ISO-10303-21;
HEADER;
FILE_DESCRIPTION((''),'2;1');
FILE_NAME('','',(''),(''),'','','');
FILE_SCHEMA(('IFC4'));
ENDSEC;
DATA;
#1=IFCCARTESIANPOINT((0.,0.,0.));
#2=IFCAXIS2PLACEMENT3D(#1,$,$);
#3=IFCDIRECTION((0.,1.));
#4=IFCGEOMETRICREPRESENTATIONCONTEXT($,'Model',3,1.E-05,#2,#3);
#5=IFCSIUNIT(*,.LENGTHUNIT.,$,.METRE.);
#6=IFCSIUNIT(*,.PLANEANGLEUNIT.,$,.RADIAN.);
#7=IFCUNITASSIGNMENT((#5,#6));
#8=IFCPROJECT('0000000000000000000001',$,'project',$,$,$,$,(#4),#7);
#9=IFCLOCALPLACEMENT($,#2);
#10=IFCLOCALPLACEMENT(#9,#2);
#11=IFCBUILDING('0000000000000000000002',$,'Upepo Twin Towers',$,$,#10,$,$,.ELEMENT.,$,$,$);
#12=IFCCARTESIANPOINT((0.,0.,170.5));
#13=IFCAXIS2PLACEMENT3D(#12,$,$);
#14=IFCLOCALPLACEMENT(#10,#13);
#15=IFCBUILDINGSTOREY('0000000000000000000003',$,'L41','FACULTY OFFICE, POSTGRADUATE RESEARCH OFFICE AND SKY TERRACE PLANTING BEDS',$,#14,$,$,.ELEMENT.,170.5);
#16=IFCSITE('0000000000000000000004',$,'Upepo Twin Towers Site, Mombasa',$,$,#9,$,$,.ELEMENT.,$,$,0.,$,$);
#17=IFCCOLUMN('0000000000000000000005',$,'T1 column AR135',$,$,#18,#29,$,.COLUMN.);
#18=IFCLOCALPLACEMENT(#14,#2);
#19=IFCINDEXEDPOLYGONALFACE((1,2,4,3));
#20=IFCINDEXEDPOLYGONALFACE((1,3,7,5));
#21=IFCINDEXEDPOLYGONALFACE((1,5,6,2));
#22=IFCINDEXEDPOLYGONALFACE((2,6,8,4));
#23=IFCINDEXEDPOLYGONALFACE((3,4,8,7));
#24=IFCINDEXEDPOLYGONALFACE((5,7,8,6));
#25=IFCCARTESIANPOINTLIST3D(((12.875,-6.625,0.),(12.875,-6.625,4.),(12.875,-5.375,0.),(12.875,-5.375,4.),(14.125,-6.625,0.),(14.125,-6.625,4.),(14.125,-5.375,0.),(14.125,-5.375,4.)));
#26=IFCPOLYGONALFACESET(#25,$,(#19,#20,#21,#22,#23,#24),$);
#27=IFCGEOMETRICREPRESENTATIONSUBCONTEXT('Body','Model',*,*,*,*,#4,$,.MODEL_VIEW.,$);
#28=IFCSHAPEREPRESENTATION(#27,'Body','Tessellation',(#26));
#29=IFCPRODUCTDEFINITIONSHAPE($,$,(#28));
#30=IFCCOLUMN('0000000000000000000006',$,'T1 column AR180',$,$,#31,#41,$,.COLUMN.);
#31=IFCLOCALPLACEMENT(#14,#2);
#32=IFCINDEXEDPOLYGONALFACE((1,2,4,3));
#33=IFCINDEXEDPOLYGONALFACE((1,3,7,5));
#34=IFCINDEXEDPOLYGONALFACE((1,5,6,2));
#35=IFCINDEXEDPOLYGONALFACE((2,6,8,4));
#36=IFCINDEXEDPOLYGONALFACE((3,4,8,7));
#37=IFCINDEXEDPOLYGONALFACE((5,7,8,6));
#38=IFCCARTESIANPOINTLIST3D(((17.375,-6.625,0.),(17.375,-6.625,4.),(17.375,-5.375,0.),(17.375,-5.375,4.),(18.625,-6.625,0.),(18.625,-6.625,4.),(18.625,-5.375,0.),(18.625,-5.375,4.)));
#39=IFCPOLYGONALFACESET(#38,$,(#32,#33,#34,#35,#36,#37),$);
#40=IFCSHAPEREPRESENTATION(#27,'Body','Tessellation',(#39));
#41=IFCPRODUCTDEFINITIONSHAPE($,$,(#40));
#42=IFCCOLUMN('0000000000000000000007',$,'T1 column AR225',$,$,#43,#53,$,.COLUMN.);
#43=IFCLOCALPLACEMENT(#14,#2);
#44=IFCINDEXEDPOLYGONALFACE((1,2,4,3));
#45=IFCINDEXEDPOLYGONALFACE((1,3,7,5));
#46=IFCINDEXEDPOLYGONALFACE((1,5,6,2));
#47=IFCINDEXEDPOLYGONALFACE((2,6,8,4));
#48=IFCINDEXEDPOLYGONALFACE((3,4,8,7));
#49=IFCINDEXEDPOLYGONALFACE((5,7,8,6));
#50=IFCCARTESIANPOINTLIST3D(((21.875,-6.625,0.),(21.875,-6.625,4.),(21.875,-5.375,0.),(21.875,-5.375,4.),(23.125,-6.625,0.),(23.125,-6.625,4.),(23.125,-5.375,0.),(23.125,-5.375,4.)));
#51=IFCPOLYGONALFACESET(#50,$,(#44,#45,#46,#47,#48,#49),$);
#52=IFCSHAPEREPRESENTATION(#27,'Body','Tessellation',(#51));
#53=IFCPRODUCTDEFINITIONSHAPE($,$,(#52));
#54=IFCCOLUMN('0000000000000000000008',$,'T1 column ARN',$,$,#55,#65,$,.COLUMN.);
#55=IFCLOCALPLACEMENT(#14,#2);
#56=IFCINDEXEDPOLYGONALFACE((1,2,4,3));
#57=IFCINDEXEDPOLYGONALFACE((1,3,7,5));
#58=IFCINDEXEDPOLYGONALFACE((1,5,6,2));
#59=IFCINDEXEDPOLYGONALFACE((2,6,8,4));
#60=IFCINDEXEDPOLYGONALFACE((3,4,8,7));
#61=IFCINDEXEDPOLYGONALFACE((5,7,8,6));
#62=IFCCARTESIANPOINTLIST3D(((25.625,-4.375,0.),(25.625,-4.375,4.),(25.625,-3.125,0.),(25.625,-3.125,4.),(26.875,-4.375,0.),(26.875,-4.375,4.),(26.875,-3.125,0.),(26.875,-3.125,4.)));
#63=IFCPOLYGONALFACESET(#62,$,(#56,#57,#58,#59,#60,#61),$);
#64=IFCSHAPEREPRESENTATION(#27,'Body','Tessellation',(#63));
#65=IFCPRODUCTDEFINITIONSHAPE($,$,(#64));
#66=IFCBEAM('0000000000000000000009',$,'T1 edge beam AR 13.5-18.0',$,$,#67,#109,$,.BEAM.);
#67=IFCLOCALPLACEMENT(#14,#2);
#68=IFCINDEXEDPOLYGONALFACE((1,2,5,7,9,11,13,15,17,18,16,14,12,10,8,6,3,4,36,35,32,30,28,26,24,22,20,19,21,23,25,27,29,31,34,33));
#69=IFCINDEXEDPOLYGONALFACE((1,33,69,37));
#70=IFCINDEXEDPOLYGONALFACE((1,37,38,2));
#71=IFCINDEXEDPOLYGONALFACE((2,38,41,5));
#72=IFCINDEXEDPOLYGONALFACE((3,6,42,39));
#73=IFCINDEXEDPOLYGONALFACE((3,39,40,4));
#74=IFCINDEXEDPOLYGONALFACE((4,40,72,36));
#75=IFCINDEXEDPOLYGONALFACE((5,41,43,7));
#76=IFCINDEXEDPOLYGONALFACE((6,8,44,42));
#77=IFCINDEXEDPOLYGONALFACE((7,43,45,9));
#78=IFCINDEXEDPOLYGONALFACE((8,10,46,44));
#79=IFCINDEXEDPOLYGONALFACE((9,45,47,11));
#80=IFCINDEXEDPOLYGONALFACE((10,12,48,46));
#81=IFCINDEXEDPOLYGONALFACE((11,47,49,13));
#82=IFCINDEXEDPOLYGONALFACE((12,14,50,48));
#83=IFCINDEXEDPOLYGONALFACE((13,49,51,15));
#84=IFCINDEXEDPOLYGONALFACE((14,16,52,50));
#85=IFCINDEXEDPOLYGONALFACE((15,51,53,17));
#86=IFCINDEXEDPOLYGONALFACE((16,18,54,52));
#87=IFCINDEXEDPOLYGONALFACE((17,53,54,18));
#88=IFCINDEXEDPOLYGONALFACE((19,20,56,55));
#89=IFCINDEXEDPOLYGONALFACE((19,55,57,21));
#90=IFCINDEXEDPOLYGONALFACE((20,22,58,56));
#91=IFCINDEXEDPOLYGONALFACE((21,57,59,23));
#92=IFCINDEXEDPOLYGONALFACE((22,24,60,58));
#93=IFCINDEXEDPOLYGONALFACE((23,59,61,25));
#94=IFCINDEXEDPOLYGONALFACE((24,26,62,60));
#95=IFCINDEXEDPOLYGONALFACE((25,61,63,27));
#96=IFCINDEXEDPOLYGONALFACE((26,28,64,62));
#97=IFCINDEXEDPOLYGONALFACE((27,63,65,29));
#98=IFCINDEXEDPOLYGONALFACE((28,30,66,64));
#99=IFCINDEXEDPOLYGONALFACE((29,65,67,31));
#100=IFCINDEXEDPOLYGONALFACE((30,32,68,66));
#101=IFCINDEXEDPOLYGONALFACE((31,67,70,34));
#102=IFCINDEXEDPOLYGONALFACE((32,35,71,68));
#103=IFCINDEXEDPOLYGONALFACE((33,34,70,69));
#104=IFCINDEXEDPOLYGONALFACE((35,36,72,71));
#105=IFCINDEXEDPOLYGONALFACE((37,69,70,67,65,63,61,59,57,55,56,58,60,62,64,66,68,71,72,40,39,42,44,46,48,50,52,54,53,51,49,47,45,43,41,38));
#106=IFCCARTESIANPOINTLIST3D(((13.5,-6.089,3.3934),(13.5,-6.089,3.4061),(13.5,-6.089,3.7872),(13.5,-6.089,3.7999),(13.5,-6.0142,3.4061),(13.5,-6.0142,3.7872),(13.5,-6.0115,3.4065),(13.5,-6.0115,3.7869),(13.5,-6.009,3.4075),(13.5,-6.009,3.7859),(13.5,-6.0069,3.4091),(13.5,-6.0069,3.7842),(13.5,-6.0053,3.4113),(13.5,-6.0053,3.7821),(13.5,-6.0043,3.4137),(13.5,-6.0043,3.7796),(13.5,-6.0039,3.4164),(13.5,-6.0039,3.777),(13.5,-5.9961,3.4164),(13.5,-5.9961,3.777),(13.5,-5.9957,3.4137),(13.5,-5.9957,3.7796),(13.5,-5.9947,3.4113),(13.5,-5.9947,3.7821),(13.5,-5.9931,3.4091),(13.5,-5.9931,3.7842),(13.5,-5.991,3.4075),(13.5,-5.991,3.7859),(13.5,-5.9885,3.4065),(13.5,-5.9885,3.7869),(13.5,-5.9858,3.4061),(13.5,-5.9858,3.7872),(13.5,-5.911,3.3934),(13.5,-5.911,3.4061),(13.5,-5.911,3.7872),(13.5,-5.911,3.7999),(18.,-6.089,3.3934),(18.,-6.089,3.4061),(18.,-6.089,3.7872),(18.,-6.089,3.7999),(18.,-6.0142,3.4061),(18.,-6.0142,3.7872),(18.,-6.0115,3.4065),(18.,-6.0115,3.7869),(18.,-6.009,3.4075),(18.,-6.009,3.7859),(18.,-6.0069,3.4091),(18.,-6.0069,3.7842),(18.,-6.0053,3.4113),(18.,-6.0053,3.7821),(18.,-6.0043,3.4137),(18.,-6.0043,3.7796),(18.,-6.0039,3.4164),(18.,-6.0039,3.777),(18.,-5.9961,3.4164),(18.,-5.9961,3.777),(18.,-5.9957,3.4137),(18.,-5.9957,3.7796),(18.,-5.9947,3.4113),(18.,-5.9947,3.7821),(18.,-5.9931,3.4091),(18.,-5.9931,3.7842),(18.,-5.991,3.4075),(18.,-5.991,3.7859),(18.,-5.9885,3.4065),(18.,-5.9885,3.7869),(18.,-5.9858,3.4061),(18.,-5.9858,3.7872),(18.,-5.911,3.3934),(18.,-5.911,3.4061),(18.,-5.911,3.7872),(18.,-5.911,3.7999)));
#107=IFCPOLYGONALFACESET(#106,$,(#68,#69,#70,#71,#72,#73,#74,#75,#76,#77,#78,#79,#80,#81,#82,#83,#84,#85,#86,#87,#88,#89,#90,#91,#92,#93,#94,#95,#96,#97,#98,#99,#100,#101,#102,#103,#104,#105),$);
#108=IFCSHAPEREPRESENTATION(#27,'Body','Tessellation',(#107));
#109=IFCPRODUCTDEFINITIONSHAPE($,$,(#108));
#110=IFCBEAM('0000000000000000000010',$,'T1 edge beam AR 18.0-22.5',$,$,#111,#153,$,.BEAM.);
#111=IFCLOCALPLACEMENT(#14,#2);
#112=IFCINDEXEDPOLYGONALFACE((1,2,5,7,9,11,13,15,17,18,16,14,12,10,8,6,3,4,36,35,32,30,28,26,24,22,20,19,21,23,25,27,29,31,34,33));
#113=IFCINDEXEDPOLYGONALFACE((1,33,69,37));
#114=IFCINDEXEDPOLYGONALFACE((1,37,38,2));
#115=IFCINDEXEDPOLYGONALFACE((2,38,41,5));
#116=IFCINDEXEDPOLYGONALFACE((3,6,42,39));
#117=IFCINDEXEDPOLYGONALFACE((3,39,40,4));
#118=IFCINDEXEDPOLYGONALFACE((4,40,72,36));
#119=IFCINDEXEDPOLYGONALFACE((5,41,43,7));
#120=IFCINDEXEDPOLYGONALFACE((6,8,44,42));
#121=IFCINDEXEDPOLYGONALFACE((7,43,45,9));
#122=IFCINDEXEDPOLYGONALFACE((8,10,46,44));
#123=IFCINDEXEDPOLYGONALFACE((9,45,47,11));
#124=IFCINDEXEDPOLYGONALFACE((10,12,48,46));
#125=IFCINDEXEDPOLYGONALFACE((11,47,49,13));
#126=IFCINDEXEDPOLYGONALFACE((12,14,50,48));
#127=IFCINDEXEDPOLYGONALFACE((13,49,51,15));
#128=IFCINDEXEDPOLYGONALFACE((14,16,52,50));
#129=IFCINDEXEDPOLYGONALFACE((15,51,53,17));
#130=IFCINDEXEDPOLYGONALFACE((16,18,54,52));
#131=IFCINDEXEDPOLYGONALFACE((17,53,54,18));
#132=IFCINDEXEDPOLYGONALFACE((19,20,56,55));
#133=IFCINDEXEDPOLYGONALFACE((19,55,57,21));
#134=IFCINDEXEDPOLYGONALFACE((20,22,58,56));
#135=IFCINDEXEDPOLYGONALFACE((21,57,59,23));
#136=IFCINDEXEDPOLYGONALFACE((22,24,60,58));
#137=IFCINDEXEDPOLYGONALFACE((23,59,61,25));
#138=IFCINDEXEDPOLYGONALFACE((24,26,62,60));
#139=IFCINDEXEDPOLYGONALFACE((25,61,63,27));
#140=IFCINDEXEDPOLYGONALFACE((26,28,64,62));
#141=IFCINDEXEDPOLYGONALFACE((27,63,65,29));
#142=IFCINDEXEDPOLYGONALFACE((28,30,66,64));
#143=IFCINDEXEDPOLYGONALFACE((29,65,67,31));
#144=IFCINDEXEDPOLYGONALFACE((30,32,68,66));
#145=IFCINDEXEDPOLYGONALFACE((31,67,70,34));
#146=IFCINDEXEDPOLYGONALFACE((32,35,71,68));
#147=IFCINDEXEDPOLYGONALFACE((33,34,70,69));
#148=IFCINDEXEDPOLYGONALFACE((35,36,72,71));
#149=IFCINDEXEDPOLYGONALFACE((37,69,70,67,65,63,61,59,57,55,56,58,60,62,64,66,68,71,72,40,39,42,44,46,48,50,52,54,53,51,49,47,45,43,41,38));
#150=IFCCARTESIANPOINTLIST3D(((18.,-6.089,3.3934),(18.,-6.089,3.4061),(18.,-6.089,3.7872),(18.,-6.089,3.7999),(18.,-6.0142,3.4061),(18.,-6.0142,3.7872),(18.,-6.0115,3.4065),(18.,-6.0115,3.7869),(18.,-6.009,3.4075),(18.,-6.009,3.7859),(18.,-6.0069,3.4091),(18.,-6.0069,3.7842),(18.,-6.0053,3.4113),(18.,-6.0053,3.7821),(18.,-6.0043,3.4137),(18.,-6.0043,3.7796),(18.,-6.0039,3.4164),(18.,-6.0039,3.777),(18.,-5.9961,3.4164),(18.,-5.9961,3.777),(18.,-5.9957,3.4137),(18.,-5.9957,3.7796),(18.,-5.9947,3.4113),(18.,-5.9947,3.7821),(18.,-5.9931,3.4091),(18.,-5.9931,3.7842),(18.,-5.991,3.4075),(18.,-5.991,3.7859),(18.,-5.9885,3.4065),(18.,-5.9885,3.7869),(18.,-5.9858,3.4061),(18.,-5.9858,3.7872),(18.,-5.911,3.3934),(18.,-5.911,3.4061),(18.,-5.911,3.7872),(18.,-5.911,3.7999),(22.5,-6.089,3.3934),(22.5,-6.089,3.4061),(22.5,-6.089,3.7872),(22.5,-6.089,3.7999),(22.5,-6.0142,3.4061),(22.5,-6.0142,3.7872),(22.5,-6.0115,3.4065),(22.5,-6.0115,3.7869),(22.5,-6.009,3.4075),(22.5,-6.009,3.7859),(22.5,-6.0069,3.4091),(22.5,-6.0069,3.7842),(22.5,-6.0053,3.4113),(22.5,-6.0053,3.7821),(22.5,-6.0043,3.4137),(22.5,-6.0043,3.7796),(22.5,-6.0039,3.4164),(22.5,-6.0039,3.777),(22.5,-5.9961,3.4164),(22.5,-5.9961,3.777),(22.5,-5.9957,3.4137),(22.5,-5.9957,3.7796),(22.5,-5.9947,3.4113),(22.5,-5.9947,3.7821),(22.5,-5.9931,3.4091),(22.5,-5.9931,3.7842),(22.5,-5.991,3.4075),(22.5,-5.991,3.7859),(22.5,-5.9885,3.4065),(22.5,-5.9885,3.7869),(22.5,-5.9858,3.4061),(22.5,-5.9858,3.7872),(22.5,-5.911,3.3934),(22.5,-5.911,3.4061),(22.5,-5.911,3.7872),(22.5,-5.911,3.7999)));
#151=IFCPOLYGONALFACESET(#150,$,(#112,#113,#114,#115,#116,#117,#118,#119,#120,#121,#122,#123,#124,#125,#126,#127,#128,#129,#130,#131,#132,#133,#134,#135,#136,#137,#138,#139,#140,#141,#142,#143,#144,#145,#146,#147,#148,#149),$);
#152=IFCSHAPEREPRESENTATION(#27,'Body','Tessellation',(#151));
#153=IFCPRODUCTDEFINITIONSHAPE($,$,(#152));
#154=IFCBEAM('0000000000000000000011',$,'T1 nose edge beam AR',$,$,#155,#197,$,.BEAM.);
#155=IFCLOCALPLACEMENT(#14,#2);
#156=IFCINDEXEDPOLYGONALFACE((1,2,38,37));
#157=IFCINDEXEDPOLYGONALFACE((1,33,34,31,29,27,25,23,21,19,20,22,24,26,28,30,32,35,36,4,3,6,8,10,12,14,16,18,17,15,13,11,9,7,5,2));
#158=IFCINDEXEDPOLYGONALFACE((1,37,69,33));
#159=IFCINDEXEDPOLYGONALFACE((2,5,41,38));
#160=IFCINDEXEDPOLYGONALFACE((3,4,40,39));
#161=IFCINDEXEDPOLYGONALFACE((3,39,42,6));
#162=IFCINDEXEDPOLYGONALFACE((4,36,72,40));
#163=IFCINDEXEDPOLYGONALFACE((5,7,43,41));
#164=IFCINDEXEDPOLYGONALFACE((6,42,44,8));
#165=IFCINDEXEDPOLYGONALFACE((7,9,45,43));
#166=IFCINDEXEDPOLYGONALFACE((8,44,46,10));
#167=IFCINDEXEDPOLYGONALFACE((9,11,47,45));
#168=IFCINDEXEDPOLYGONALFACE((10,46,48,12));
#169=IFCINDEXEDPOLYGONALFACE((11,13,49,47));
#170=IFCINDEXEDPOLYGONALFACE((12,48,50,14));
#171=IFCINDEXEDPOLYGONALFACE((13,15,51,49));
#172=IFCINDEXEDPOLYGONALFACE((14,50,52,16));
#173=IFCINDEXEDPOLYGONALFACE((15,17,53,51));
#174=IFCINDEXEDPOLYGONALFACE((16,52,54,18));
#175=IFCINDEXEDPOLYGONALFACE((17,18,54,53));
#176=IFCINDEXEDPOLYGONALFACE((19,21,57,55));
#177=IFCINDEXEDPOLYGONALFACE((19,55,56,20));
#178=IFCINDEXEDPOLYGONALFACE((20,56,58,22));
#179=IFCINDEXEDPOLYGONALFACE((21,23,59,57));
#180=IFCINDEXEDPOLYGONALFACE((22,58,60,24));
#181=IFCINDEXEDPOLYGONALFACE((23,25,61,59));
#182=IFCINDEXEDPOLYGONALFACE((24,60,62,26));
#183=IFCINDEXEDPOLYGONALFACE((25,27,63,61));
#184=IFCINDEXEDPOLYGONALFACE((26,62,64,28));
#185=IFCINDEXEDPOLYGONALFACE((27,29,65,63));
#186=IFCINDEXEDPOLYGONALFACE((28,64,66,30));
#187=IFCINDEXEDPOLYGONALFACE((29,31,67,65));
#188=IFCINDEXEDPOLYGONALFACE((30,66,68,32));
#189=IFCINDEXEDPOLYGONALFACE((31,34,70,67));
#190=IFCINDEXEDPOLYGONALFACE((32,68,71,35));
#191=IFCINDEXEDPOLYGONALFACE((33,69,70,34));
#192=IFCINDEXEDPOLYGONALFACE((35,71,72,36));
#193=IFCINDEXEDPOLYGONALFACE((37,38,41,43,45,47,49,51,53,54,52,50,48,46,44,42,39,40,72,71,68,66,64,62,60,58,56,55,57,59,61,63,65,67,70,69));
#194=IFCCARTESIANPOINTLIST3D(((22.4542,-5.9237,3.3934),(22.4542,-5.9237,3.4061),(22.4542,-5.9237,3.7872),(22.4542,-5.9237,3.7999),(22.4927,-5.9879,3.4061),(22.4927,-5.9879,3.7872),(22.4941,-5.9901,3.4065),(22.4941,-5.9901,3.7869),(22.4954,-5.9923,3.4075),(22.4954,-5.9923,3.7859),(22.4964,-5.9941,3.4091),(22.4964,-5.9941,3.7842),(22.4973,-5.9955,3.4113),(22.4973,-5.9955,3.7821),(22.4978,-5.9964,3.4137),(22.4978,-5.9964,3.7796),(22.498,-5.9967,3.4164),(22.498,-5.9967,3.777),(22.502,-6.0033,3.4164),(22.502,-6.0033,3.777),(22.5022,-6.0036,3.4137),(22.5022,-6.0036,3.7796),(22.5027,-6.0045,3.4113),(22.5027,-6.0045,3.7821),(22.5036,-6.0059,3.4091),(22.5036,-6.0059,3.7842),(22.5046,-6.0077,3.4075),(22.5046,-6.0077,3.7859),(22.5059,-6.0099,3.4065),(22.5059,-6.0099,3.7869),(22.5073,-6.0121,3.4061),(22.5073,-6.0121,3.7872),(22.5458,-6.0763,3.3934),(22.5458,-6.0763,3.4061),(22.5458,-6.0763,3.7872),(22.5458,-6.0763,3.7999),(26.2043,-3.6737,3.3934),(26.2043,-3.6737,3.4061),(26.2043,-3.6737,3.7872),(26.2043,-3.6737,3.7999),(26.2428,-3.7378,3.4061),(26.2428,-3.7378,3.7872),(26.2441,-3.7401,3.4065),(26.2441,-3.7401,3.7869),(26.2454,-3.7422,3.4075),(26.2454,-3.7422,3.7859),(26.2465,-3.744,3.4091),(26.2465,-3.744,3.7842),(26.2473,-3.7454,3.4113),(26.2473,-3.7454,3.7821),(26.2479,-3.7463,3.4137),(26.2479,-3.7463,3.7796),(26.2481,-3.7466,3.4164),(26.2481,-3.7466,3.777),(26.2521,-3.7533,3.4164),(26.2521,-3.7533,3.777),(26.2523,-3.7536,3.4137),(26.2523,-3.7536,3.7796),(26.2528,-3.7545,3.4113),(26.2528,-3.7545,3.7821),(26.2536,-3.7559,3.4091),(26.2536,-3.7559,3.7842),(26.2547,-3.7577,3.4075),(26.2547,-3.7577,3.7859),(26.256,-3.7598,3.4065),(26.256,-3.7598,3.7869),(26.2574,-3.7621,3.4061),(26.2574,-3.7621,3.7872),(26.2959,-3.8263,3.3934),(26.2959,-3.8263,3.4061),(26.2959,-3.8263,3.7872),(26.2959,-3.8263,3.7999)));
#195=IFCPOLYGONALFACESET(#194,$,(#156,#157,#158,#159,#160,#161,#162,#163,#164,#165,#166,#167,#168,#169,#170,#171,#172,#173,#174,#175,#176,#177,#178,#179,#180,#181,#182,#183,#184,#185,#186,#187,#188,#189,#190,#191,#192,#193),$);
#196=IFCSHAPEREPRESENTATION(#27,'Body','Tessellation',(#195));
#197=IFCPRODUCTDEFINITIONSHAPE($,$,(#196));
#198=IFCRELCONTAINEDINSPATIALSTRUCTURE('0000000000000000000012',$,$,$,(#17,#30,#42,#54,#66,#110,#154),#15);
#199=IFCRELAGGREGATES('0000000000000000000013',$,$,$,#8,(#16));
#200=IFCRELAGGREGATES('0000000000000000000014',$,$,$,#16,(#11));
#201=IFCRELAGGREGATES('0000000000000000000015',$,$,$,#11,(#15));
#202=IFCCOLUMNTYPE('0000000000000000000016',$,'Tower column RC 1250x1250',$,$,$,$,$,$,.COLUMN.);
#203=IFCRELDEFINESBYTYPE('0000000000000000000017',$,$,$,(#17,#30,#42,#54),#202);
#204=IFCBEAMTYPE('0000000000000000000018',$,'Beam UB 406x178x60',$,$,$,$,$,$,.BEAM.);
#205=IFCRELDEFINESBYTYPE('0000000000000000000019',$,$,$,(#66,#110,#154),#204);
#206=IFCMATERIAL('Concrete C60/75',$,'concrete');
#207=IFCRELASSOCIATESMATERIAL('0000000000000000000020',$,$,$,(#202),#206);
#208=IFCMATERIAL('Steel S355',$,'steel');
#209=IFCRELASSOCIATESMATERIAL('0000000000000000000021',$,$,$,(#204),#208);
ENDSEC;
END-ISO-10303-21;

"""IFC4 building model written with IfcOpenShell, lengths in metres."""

from ifc_helpers import new_model, si_unit, direction, frame, origin, origin_2d, place, context, subcontext, project, spatial, rectangle, i_section, extrude, material, material_profile, profile_set, type_object, element, save


model = new_model("IFC4")

# Units and contexts
model_context = context("Model", 3, precision=1e-05, world=origin(), true_north=direction((0.0, 1.0)))
body_context = subcontext(model_context, "Body", "Model", "MODEL_VIEW")
ifc_project = project(units=[si_unit("LENGTHUNIT", "METRE"), si_unit("PLANEANGLEUNIT", "RADIAN")], contexts=[model_context])

# Site, building, storey
site_placement = place(None, origin())
site = spatial("IfcSite", under=ifc_project, at=site_placement, Name="Upepo Twin Towers Site, Mombasa", CompositionType="ELEMENT", RefElevation=0.0)
building_placement = place(site_placement, origin())
building = spatial("IfcBuilding", under=site, at=building_placement, Name="Upepo Twin Towers", CompositionType="ELEMENT")
storey_placement = place(building_placement, frame((0.0, 0.0, 170.5)))
storey = spatial("IfcBuildingStorey", under=building, at=storey_placement, Name="L41", Description="FACULTY OFFICE, POSTGRADUATE RESEARCH OFFICE AND SKY TERRACE PLANTING BEDS", CompositionType="ELEMENT", Elevation=170.5)

# Columns
ifc_material_1 = material(Name="Concrete C60/75", Category="concrete")
ifc_material_profile_1 = material_profile(ifc_material_1, rectangle(XDim=1.25, YDim=1.25, at=origin_2d()), Name="RC 1250x1250")
ifc_profile_set_1 = profile_set([ifc_material_profile_1], Name="Concrete C60/75")
column_type = type_object("IfcColumnType", Name="Tower column RC 1250x1250", PredefinedType="COLUMN", material=ifc_profile_set_1)
for number, where, z_axis, x_axis, name in (
    (1, (13.5, -6.0, 0.0), (0.0, 0.0, 1.0), (1.0, 0.0, 0.0), "T1 column AR135"),
    (2, (18.0, -6.0, 0.0), (0.0, 0.0, 1.0), (1.0, 0.0, 0.0), "T1 column AR180"),
    (3, (22.5, -6.0, 0.0), (0.0, 0.0, 1.0), (1.0, 0.0, 0.0), "T1 column AR225"),
    (4, (26.25, -3.75, 0.0), (0.0, 0.0, 1.0), (1.0, 0.0, 0.0), "T1 column ARN"),
):
    element("IfcColumn", number, at=place(storey_placement, frame(where, z_axis=z_axis, x_axis=x_axis)), inside=storey, type_object=column_type, Name=name, PredefinedType="COLUMN", context=body_context, shape_type="SweptSolid", body=[
        extrude(rectangle(XDim=1.25, YDim=1.25, at=origin_2d()), origin(), (0.0, 0.0, 1.0), 4.0),
    ])

# Beams
ifc_material_2 = material(Name="Steel S355", Category="steel")
ifc_material_profile_2 = material_profile(ifc_material_2, i_section(OverallWidth=0.178, OverallDepth=0.4065, WebThickness=0.0078, FlangeThickness=0.0127, FilletRadius=0.0103, at=origin_2d()), Name="UB 406x178x60")
ifc_profile_set_2 = profile_set([ifc_material_profile_2], Name="Steel S355")
beam_type_1 = type_object("IfcBeamType", Name="Beam UB 406x178x60", PredefinedType="BEAM", material=ifc_profile_set_2)
for number, where, z_axis, x_axis, name in (
    (5, (13.5, -6.0, 3.5967), (1.0, 0.0, 0.0), (0.0, 1.0, 0.0), "T1 edge beam AR 13.5-18.0"),
    (6, (18.0, -6.0, 3.5967), (1.0, 0.0, 0.0), (0.0, 1.0, 0.0), "T1 edge beam AR 18.0-22.5"),
):
    element("IfcBeam", number, at=place(storey_placement, frame(where, z_axis=z_axis, x_axis=x_axis)), inside=storey, type_object=beam_type_1, Name=name, PredefinedType="BEAM", context=body_context, shape_type="SweptSolid", body=[
        extrude(i_section(OverallWidth=0.178, OverallDepth=0.4065, WebThickness=0.0078, FlangeThickness=0.0127, FilletRadius=0.0103, at=origin_2d()), origin(), (0.0, 0.0, 1.0), 4.5),
    ])
beam_1_placement = place(storey_placement, frame((22.5, -6.0, 3.5967), z_axis=(0.857493, 0.514496, 0.0), x_axis=(-0.514496, 0.857493, 0.0)))
element("IfcBeam", 7, at=beam_1_placement, inside=storey, type_object=beam_type_1, Name="T1 nose edge beam AR", PredefinedType="BEAM", context=body_context, shape_type="SweptSolid", body=[
    extrude(i_section(OverallWidth=0.178, OverallDepth=0.4065, WebThickness=0.0078, FlangeThickness=0.0127, FilletRadius=0.0103, at=origin_2d()), origin(), (0.0, 0.0, 1.0), 4.3733),
])

save(model, "model.ifc")
